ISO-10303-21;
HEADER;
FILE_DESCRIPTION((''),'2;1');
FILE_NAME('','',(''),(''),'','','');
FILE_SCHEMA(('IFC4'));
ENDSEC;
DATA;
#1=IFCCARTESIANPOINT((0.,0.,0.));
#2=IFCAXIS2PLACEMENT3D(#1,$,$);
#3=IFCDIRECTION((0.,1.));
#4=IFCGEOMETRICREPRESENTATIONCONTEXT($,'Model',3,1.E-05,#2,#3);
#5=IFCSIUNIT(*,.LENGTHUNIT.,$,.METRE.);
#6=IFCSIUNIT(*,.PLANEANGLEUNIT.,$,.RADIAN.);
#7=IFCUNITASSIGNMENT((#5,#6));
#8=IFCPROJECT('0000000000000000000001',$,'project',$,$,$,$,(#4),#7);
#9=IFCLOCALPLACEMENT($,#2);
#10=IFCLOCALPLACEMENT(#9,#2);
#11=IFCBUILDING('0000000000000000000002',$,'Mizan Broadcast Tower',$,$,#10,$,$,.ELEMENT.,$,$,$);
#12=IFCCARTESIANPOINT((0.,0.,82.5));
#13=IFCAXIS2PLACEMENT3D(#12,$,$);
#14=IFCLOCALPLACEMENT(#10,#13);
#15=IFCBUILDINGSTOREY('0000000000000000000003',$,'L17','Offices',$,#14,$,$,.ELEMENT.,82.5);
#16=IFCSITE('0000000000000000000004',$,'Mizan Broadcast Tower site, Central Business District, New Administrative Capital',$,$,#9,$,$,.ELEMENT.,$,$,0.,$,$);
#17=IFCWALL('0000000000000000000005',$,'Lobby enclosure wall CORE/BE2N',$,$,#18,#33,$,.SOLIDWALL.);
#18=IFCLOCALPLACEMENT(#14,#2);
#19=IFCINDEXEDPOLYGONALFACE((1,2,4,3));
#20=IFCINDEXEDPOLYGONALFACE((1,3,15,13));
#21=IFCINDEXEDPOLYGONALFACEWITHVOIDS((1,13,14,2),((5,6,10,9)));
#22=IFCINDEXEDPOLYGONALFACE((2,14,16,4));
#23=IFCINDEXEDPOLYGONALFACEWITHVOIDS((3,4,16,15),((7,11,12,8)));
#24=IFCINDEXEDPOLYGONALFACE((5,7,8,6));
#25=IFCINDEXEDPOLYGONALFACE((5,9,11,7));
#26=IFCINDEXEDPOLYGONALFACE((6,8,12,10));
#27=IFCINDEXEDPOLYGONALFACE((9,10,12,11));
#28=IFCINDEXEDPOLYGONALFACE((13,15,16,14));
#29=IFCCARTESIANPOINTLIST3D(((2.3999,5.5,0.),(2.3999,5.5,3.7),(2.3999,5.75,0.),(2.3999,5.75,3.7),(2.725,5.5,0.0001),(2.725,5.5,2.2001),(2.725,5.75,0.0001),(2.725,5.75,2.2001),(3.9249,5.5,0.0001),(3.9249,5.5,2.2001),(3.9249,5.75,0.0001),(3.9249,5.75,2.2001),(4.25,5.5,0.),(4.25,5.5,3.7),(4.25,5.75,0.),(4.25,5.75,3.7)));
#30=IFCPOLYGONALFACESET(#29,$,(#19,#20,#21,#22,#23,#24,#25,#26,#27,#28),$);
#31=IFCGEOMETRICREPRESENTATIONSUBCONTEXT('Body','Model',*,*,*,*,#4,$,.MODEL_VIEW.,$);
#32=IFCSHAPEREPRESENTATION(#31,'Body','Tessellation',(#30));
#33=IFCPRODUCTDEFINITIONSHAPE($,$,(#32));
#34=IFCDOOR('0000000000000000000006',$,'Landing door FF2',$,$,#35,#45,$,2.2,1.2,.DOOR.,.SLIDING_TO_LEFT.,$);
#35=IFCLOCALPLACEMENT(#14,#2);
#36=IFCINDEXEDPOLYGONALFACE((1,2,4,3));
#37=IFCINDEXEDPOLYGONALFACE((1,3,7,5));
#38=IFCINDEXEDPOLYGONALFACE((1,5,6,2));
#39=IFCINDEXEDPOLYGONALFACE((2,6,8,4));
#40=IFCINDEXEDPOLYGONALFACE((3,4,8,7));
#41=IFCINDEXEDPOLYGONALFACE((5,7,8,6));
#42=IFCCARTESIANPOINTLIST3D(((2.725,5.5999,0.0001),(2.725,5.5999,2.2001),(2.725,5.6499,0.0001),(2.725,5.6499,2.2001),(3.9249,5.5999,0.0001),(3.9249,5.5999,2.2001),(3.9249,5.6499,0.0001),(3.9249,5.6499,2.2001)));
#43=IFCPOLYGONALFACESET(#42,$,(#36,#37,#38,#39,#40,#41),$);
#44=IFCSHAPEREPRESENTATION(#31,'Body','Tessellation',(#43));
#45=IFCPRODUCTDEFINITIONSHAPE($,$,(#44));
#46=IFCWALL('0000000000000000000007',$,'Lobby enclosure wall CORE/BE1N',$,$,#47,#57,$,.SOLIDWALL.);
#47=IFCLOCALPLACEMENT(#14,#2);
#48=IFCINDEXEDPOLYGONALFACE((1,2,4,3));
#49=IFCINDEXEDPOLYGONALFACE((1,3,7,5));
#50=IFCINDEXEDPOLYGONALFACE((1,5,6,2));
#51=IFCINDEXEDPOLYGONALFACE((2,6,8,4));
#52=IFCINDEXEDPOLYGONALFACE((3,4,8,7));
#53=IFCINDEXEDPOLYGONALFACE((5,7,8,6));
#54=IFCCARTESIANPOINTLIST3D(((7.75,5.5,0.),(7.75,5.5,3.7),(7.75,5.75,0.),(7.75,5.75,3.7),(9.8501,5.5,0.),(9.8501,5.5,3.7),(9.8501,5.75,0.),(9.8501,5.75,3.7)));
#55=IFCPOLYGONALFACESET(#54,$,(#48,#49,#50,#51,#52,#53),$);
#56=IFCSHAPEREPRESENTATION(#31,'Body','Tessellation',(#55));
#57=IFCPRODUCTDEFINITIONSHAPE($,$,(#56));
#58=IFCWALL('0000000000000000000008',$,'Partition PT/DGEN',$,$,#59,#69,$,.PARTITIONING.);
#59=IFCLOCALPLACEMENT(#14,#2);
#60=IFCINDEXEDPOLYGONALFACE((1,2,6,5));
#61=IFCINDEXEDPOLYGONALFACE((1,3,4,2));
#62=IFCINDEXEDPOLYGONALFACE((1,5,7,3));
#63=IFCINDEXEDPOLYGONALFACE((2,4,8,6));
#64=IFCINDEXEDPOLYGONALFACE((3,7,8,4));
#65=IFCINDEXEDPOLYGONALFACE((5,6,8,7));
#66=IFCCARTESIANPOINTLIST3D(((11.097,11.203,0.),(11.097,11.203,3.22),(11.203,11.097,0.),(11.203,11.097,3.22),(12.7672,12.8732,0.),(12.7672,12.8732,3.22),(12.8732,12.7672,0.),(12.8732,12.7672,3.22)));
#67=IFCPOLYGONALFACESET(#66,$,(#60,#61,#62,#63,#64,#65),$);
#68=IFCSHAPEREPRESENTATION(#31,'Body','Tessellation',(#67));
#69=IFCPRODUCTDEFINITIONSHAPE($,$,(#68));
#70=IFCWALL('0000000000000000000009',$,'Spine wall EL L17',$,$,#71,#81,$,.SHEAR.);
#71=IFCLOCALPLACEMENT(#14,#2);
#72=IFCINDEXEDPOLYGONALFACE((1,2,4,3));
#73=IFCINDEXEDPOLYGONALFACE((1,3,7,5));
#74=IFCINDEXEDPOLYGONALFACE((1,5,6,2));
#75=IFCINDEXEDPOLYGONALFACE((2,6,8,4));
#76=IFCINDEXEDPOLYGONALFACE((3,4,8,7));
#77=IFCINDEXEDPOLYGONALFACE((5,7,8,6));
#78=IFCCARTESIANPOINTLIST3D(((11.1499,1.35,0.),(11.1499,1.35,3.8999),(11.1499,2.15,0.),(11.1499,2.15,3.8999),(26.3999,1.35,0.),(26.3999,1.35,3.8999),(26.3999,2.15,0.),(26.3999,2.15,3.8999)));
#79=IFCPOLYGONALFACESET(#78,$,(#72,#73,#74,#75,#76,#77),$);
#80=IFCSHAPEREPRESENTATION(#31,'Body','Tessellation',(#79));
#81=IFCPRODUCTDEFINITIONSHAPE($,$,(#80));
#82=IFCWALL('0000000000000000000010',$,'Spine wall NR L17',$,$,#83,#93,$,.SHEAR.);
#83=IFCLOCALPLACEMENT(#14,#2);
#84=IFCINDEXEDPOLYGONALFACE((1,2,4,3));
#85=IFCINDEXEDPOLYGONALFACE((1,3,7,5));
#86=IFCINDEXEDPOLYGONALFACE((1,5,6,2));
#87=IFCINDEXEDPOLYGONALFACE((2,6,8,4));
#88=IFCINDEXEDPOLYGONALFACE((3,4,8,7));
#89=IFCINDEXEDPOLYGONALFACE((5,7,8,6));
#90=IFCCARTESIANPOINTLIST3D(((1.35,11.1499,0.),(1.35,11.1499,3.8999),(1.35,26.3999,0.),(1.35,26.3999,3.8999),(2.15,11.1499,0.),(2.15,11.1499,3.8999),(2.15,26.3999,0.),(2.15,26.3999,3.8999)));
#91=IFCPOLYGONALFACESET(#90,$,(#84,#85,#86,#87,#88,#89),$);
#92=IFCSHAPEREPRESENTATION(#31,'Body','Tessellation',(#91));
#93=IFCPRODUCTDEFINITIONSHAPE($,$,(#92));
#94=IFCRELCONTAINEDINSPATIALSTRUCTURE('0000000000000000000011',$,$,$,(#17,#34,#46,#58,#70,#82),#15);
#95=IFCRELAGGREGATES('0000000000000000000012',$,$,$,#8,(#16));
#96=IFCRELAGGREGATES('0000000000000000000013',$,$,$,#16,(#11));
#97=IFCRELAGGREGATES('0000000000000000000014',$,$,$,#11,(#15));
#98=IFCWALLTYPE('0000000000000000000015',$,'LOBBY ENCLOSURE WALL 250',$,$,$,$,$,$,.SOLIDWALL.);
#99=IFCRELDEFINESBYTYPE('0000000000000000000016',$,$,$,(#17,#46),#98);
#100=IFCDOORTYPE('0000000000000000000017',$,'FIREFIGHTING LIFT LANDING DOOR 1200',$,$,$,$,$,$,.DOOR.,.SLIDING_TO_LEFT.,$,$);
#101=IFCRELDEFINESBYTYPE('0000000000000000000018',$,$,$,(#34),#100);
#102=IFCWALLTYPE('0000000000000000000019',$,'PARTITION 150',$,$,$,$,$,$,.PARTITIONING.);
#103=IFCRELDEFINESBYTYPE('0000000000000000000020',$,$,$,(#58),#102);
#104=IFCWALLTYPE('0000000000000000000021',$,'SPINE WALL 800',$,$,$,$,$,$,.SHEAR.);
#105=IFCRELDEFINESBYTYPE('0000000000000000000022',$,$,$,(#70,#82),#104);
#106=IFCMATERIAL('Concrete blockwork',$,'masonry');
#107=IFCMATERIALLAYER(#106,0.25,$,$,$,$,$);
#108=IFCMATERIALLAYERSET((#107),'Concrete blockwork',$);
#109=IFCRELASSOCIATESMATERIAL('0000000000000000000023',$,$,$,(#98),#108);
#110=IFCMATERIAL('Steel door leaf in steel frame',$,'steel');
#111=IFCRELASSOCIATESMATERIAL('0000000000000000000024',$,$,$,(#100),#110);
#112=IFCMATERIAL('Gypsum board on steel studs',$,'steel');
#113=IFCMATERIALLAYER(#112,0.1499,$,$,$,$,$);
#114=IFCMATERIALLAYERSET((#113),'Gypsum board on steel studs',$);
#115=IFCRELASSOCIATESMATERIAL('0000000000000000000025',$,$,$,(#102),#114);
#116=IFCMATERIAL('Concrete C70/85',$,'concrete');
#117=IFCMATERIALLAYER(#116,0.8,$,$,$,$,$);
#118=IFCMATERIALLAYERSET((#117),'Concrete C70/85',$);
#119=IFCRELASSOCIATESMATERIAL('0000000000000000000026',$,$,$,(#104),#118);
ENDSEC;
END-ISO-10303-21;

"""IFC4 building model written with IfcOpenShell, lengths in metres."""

from ifc_helpers import new_model, si_unit, direction, frame, frame_2d, origin, place, context, subcontext, project, spatial, rectangle, extrude, material, layer, layer_set, type_object, element, fill, save


model = new_model("IFC4")

# Units and contexts
model_context = context("Model", 3, precision=1e-05, world=origin(), true_north=direction((0.0, 1.0)))
body_context = subcontext(model_context, "Body", "Model", "MODEL_VIEW")
ifc_project = project(units=[si_unit("LENGTHUNIT", "METRE"), si_unit("PLANEANGLEUNIT", "RADIAN")], contexts=[model_context])

# Site, building, storey
site_placement = place(None, origin())
site = spatial("IfcSite", under=ifc_project, at=site_placement, Name="Mizan Broadcast Tower site, Central Business District, New Administrative Capital", CompositionType="ELEMENT", RefElevation=0.0)
building_placement = place(site_placement, origin())
building = spatial("IfcBuilding", under=site, at=building_placement, Name="Mizan Broadcast Tower", CompositionType="ELEMENT")
storey_placement = place(building_placement, frame((0.0, 0.0, 82.5)))
storey = spatial("IfcBuildingStorey", under=building, at=storey_placement, Name="L17", Description="Offices", CompositionType="ELEMENT", Elevation=82.5)

# Wall, opening, door
ifc_material_1 = material(Name="Concrete blockwork", Category="masonry")
ifc_layer_1 = layer(ifc_material_1, 0.25)
ifc_layer_set_1 = layer_set([ifc_layer_1], Name="Concrete blockwork")
wall_type_1 = type_object("IfcWallType", Name="LOBBY ENCLOSURE WALL 250", PredefinedType="SOLIDWALL", material=ifc_layer_set_1)
wall_1_placement = place(storey_placement, frame((2.3999, 5.625, 0.0), z_axis=(0.0, 0.0, 1.0), x_axis=(1.0, 0.0, 0.0)))
wall_1 = element("IfcWall", 1, at=wall_1_placement, inside=storey, type_object=wall_type_1, Name="Lobby enclosure wall CORE/BE2N", PredefinedType="SOLIDWALL", context=body_context, shape_type="SweptSolid", body=[
    extrude(rectangle(XDim=1.8501, YDim=0.25, at=frame_2d((0.925, 0.0))), origin(), (0.0, 0.0, 1.0), 3.7),
])
opening_1_placement = place(wall_1_placement, frame((0.325, 0.0, 0.0)))
opening_1 = element("IfcOpeningElement", 2, at=opening_1_placement, cuts=wall_1, PredefinedType="OPENING", context=body_context, shape_type="SweptSolid", body=[
    extrude(rectangle(XDim=1.2, YDim=2.2, at=frame_2d((0.6001, 1.1001))), frame((0.0, 0.135, 0.0), z_axis=(0.0, -1.0, 0.0), x_axis=(1.0, 0.0, 0.0)), (0.0, 0.0, 1.0), 0.27),
])
ifc_material_2 = material(Name="Steel door leaf in steel frame", Category="steel")
door_type_1 = type_object("IfcDoorType", Name="FIREFIGHTING LIFT LANDING DOOR 1200", OperationType="SLIDING_TO_LEFT", PredefinedType="DOOR", material=ifc_material_2)
door_1_placement = place(opening_1_placement, origin())
door_1 = element("IfcDoor", 3, at=door_1_placement, inside=storey, type_object=door_type_1, Name="Landing door FF2", OperationType="SLIDING_TO_LEFT", OverallHeight=2.2, OverallWidth=1.2, PredefinedType="DOOR", context=body_context, shape_type="SweptSolid", body=[
    extrude(rectangle(XDim=1.2, YDim=2.2, at=frame_2d((0.6001, 1.1001))), frame((0.0, 0.0249, 0.0), z_axis=(0.0, -1.0, 0.0), x_axis=(1.0, 0.0, 0.0)), (0.0, 0.0, 1.0), 0.05),
])
fill(opening_1, door_1)

# Walls
wall_2_placement = place(storey_placement, frame((7.75, 5.625, 0.0), z_axis=(0.0, 0.0, 1.0), x_axis=(1.0, 0.0, 0.0)))
element("IfcWall", 4, at=wall_2_placement, inside=storey, type_object=wall_type_1, Name="Lobby enclosure wall CORE/BE1N", PredefinedType="SOLIDWALL", context=body_context, shape_type="SweptSolid", body=[
    extrude(rectangle(XDim=2.1001, YDim=0.25, at=frame_2d((1.05, 0.0))), origin(), (0.0, 0.0, 1.0), 3.7),
])
ifc_material_3 = material(Name="Gypsum board on steel studs", Category="steel")
ifc_layer_2 = layer(ifc_material_3, 0.1499)
ifc_layer_set_2 = layer_set([ifc_layer_2], Name="Gypsum board on steel studs")
wall_type_2 = type_object("IfcWallType", Name="PARTITION 150", PredefinedType="PARTITIONING", material=ifc_layer_set_2)
wall_3_placement = place(storey_placement, frame((11.1499, 11.1499, 0.0), z_axis=(0.0, 0.0, 1.0), x_axis=(0.707107, 0.707107, 0.0)))
element("IfcWall", 5, at=wall_3_placement, inside=storey, type_object=wall_type_2, Name="Partition PT/DGEN", PredefinedType="PARTITIONING", context=body_context, shape_type="SweptSolid", body=[
    extrude(rectangle(XDim=2.3621, YDim=0.1499, at=frame_2d((1.1812, 0.0))), origin(), (0.0, 0.0, 1.0), 3.22),
])
ifc_material_4 = material(Name="Concrete C70/85", Category="concrete")
ifc_layer_3 = layer(ifc_material_4, 0.8)
ifc_layer_set_3 = layer_set([ifc_layer_3], Name="Concrete C70/85")
wall_type_3 = type_object("IfcWallType", Name="SPINE WALL 800", PredefinedType="SHEAR", material=ifc_layer_set_3)
for number, where, z_axis, x_axis, name in (
    (6, (11.1499, 1.75, 0.0), (0.0, 0.0, 1.0), (1.0, 0.0, 0.0), "Spine wall EL L17"),
    (7, (1.75, 11.1499, 0.0), (0.0, 0.0, 1.0), (0.0, 1.0, 0.0), "Spine wall NR L17"),
):
    element("IfcWall", number, at=place(storey_placement, frame(where, z_axis=z_axis, x_axis=x_axis)), inside=storey, type_object=wall_type_3, Name=name, PredefinedType="SHEAR", context=body_context, shape_type="SweptSolid", body=[
        extrude(rectangle(XDim=15.25, YDim=0.8, at=frame_2d((7.625, 0.0))), origin(), (0.0, 0.0, 1.0), 3.8999),
    ])

save(model, "model.ifc")
